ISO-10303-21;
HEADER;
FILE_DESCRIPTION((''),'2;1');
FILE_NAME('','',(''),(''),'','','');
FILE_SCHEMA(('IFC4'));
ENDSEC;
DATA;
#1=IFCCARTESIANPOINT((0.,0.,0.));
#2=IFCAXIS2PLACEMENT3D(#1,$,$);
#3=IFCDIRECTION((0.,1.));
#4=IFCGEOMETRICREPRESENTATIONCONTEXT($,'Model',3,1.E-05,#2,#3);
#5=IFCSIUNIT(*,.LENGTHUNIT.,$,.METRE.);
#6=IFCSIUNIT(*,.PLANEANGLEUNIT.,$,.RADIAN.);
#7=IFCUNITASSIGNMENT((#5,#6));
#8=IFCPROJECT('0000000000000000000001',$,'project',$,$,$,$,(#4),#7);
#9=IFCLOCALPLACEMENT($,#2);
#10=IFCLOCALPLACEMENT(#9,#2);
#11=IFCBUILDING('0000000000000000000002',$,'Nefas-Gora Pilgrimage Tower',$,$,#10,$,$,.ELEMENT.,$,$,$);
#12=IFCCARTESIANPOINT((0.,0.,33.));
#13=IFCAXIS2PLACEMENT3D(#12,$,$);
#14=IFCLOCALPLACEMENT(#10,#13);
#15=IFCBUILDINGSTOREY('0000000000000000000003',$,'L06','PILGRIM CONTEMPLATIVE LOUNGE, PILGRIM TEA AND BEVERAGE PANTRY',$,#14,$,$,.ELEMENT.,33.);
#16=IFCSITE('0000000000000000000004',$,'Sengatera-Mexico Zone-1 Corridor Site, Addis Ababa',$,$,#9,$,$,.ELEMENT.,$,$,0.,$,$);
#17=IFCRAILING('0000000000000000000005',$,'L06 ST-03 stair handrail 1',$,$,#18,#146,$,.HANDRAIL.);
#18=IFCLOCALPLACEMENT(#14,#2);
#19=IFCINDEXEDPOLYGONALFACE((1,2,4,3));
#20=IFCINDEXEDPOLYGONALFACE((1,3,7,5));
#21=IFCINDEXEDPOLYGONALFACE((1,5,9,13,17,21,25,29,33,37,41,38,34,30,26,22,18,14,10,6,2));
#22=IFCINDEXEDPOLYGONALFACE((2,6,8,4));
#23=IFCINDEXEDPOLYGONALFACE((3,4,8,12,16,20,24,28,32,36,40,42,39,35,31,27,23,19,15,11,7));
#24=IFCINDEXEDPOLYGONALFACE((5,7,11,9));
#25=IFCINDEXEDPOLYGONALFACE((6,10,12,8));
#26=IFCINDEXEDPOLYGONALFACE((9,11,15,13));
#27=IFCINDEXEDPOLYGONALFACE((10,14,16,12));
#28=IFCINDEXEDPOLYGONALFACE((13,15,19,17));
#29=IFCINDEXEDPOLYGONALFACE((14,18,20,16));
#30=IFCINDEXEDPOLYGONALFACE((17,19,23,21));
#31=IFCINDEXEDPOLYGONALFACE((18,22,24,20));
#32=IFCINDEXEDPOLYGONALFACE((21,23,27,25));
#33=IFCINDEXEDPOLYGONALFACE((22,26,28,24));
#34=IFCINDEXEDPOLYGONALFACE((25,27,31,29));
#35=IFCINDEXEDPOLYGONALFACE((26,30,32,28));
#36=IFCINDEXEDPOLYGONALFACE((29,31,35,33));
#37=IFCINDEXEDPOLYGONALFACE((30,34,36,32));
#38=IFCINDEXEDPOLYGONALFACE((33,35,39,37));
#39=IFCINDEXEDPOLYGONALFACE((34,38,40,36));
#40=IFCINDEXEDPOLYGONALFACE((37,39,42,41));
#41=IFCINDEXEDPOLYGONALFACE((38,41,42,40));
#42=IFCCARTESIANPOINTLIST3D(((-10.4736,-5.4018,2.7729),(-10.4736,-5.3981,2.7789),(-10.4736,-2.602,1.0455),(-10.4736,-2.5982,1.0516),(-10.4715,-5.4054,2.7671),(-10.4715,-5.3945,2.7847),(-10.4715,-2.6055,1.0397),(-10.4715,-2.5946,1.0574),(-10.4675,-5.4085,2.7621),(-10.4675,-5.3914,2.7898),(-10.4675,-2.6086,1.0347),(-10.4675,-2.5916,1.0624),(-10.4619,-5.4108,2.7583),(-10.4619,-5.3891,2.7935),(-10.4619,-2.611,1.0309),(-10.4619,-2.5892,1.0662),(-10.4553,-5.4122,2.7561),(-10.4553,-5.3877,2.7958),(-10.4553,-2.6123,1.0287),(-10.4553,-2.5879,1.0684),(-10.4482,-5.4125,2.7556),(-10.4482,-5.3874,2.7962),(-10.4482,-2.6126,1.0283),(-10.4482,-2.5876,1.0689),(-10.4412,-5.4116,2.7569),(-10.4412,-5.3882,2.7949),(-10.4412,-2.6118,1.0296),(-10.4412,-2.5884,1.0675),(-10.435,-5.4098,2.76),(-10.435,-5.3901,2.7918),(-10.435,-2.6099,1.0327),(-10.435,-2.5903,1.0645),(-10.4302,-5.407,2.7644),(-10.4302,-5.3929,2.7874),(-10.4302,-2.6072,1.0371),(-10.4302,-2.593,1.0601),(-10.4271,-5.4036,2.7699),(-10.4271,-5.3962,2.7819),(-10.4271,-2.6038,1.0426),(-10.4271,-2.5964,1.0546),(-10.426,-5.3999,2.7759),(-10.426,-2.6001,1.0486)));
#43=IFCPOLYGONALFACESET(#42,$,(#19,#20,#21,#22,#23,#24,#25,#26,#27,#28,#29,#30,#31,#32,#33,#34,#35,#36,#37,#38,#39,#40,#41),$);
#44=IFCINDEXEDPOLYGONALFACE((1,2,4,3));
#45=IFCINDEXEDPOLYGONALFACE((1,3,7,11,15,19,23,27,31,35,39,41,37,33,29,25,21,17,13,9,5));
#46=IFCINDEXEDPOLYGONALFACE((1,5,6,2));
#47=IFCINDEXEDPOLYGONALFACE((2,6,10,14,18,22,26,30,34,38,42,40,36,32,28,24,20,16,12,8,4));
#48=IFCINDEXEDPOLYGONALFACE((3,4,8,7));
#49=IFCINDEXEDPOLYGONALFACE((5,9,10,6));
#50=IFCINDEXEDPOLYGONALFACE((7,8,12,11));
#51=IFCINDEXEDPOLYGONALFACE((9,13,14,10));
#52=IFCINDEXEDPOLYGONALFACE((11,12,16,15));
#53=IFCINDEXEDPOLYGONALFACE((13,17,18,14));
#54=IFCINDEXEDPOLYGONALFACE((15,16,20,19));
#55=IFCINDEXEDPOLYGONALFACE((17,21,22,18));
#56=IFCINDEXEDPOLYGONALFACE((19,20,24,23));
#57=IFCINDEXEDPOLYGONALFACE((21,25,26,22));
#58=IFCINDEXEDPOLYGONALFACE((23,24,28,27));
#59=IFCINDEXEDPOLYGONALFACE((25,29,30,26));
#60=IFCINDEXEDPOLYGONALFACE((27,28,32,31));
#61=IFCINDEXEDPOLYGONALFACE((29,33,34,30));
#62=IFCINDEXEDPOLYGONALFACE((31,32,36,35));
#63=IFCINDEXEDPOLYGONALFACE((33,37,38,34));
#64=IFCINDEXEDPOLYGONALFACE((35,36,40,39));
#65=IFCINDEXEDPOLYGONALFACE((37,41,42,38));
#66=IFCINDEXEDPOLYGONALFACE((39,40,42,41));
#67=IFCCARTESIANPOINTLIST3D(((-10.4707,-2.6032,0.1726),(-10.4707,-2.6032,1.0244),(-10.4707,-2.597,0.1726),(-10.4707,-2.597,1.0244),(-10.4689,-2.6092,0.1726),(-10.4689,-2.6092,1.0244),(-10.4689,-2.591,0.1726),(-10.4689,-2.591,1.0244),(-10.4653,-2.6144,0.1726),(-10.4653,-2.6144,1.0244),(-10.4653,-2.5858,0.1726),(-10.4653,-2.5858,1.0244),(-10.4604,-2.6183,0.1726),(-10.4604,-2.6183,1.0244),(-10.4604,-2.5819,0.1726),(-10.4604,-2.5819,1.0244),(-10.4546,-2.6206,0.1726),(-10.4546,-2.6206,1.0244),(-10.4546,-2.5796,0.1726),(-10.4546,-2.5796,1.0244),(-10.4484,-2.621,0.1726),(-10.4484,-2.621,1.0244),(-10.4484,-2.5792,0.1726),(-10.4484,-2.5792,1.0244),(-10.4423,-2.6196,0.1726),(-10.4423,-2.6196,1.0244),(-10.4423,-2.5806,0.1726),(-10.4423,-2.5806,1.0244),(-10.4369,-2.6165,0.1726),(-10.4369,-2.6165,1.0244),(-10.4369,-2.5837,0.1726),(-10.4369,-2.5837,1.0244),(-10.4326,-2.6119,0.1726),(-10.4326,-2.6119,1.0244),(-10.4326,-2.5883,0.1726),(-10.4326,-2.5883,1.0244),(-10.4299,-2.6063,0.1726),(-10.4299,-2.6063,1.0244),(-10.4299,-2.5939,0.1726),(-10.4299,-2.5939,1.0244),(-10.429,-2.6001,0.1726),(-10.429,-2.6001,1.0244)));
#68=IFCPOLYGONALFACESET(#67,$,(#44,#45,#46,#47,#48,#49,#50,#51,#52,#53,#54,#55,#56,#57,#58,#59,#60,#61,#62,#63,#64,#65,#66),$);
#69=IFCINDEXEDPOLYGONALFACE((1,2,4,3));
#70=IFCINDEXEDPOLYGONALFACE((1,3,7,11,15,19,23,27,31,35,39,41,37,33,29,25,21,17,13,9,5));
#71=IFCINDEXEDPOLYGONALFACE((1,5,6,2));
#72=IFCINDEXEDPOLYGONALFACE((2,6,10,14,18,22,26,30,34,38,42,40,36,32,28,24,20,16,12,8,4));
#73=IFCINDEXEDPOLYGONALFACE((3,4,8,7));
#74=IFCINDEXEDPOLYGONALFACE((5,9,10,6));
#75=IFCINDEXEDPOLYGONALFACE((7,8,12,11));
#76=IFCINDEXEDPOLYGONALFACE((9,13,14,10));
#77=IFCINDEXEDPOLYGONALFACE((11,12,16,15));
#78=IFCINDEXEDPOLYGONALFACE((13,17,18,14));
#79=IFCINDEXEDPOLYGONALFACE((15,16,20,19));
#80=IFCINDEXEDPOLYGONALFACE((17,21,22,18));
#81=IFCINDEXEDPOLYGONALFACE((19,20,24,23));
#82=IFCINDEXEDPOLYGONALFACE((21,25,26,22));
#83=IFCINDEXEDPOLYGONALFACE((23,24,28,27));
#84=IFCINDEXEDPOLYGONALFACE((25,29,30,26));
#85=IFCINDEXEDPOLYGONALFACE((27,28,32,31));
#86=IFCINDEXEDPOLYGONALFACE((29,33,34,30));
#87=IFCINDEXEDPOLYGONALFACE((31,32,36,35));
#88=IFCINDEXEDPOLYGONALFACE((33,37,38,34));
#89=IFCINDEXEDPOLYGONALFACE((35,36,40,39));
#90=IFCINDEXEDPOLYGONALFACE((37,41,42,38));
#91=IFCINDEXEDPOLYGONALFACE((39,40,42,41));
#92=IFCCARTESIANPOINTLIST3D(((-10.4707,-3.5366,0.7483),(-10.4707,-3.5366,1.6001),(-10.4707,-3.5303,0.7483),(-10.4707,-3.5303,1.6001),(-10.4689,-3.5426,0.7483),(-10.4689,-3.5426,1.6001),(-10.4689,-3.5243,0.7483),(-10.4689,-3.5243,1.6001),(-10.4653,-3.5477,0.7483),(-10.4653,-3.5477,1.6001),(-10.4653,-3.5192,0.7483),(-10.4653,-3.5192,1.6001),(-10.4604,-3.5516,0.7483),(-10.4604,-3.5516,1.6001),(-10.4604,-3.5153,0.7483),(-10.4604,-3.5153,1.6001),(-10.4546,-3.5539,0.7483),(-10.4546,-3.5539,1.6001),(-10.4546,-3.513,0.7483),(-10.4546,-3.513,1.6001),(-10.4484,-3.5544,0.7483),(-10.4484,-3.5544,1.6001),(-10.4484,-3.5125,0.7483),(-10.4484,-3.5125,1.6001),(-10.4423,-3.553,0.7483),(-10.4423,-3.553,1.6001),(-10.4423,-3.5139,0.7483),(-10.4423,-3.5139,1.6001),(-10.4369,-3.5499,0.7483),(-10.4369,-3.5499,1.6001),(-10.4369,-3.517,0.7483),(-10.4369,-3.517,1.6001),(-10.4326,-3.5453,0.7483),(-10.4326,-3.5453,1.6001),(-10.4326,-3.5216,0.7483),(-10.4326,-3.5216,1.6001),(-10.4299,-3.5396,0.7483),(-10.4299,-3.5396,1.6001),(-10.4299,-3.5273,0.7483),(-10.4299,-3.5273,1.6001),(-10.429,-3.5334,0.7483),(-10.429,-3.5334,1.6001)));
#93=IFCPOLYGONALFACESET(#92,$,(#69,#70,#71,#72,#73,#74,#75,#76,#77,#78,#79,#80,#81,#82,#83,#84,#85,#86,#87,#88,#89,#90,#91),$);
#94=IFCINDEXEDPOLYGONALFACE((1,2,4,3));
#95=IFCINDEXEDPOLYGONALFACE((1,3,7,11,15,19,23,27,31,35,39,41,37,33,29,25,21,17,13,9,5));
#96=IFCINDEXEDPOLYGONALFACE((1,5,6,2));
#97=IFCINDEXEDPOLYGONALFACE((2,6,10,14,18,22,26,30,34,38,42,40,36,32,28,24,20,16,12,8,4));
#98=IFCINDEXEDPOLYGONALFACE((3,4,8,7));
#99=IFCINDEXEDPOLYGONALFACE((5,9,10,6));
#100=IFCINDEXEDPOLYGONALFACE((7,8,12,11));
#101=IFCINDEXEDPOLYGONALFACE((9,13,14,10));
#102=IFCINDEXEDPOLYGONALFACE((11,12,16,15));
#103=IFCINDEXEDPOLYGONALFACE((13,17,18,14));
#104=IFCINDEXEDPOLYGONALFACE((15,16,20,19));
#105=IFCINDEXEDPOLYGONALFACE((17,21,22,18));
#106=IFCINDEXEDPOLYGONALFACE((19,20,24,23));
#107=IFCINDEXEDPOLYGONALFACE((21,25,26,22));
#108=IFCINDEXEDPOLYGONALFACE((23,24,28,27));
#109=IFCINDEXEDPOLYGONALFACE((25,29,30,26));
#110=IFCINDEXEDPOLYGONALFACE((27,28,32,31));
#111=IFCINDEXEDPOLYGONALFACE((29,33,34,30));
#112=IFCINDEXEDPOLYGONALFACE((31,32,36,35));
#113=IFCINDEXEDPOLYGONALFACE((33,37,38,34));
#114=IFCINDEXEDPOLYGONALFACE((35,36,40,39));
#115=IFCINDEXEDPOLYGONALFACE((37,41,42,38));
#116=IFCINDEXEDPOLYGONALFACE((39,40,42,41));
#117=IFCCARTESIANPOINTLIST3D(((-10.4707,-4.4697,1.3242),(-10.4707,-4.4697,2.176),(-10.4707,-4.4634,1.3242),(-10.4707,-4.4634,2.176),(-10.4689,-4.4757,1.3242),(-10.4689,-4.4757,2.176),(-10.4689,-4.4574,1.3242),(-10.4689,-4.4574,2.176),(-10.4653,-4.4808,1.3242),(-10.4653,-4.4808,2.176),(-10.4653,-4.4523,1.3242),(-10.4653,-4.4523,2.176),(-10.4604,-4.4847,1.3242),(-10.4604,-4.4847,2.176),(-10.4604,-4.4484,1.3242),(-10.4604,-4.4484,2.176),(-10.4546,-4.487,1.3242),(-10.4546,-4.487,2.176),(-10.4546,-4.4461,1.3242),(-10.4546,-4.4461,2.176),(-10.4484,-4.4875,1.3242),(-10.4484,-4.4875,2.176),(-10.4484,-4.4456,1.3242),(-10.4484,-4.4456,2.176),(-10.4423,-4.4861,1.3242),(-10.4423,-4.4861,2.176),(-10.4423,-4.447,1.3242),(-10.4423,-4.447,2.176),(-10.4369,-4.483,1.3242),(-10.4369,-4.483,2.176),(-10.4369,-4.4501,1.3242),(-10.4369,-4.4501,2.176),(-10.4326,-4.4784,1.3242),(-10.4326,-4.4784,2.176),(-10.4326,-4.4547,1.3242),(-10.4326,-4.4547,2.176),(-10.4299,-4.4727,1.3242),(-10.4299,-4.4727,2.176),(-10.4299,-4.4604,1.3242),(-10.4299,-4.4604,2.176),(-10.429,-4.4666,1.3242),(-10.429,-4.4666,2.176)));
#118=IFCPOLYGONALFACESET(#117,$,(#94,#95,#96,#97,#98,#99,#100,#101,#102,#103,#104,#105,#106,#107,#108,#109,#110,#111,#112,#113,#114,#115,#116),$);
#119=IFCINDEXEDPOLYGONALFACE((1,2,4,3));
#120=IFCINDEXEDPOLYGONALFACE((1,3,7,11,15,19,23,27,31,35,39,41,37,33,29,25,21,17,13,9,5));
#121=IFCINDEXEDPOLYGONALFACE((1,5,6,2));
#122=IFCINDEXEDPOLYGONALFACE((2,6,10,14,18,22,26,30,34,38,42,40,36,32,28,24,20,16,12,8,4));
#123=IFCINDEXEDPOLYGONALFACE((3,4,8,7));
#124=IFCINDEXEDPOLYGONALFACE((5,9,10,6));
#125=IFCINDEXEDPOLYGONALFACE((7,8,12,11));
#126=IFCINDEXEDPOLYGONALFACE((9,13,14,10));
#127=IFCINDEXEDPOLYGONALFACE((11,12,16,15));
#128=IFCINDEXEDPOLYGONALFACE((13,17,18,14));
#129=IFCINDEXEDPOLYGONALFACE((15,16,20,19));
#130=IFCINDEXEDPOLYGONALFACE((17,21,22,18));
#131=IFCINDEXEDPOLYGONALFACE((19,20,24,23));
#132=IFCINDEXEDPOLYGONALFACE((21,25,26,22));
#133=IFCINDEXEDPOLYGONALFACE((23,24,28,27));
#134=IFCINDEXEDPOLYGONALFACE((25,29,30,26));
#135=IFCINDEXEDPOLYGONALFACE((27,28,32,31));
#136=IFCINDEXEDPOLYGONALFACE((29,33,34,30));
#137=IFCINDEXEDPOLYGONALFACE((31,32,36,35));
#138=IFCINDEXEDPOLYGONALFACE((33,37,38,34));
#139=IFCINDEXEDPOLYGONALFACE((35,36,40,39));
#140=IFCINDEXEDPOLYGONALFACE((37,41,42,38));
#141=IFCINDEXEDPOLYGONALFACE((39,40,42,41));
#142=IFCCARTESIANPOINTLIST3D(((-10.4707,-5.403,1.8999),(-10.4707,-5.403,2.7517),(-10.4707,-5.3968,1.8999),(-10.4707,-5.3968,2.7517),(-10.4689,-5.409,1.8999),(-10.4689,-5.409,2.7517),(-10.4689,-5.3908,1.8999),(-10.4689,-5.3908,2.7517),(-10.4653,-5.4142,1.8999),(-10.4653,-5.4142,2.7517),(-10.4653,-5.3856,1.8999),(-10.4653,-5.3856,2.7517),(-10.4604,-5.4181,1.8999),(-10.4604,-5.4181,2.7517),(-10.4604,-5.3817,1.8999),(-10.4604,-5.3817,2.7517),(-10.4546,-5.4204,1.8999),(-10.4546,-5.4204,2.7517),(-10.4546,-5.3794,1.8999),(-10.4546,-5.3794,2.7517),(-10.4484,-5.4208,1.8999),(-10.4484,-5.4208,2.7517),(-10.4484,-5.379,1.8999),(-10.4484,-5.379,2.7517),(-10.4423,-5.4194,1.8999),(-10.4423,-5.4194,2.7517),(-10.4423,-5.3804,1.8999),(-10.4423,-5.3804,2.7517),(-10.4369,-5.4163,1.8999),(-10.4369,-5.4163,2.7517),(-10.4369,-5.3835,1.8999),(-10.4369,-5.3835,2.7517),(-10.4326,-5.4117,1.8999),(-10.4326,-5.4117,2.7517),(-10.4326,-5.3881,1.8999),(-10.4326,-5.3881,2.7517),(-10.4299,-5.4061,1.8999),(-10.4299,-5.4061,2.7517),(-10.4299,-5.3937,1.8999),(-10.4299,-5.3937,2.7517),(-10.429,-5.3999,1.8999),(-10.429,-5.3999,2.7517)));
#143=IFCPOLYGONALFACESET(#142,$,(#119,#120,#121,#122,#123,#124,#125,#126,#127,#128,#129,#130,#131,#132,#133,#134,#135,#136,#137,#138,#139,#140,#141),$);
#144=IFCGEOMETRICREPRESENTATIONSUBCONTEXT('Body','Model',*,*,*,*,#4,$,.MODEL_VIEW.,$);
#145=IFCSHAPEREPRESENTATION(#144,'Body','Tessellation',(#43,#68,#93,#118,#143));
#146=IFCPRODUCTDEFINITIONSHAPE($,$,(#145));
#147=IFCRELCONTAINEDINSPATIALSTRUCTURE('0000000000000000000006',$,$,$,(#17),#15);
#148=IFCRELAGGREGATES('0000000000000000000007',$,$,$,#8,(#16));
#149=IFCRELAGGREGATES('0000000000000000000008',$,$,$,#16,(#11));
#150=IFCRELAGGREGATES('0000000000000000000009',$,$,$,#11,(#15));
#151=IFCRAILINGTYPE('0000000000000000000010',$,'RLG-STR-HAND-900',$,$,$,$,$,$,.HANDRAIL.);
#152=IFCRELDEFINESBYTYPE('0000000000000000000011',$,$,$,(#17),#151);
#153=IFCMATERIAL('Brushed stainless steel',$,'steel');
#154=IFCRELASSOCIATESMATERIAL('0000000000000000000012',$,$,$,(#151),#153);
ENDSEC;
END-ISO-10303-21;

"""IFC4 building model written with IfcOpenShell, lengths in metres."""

from ifc_helpers import new_model, si_unit, direction, frame, origin, origin_2d, place, context, subcontext, project, spatial, circle, extrude, material, type_object, element, save


model = new_model("IFC4")

# Units and contexts
model_context = context("Model", 3, precision=1e-05, world=origin(), true_north=direction((0.0, 1.0)))
body_context = subcontext(model_context, "Body", "Model", "MODEL_VIEW")
ifc_project = project(units=[si_unit("LENGTHUNIT", "METRE"), si_unit("PLANEANGLEUNIT", "RADIAN")], contexts=[model_context])

# Site, building, storey
site_placement = place(None, origin())
site = spatial("IfcSite", under=ifc_project, at=site_placement, Name="Sengatera-Mexico Zone-1 Corridor Site, Addis Ababa", CompositionType="ELEMENT", RefElevation=0.0)
building_placement = place(site_placement, origin())
building = spatial("IfcBuilding", under=site, at=building_placement, Name="Nefas-Gora Pilgrimage Tower", CompositionType="ELEMENT")
storey_placement = place(building_placement, frame((0.0, 0.0, 33.0)))
storey = spatial("IfcBuildingStorey", under=building, at=storey_placement, Name="L06", Description="PILGRIM CONTEMPLATIVE LOUNGE, PILGRIM TEA AND BEVERAGE PANTRY", CompositionType="ELEMENT", Elevation=33.0)

# Railing
ifc_material_1 = material(Name="Brushed stainless steel", Category="steel")
railing_type_1 = type_object("IfcRailingType", Name="RLG-STR-HAND-900", PredefinedType="HANDRAIL", material=ifc_material_1)
railing_1_placement = place(storey_placement, frame((-10.45, -2.6001, 0.1726)))
element("IfcRailing", 1, at=railing_1_placement, inside=storey, type_object=railing_type_1, Name="L06 ST-03 stair handrail 1", PredefinedType="HANDRAIL", context=body_context, shape_type="SweptSolid", body=[
    extrude(circle(Radius=0.0239, at=origin_2d()), frame((0.0, 0.0, 0.876), z_axis=(0.0, -0.851069, 0.525054), x_axis=(1.0, 0.0, 0.0)), (0.0, 0.0, 1.0), 3.2898),
    extrude(circle(Radius=0.021, at=origin_2d()), origin(), (0.0, 0.0, 1.0), 0.8518),
    extrude(circle(Radius=0.021, at=origin_2d()), frame((0.0, -0.9333, 0.5757)), (0.0, 0.0, 1.0), 0.8518),
    extrude(circle(Radius=0.021, at=origin_2d()), frame((0.0, -1.8665, 1.1516)), (0.0, 0.0, 1.0), 0.8518),
    extrude(circle(Radius=0.021, at=origin_2d()), frame((0.0, -2.7998, 1.7273)), (0.0, 0.0, 1.0), 0.8518),
])

save(model, "model.ifc")
